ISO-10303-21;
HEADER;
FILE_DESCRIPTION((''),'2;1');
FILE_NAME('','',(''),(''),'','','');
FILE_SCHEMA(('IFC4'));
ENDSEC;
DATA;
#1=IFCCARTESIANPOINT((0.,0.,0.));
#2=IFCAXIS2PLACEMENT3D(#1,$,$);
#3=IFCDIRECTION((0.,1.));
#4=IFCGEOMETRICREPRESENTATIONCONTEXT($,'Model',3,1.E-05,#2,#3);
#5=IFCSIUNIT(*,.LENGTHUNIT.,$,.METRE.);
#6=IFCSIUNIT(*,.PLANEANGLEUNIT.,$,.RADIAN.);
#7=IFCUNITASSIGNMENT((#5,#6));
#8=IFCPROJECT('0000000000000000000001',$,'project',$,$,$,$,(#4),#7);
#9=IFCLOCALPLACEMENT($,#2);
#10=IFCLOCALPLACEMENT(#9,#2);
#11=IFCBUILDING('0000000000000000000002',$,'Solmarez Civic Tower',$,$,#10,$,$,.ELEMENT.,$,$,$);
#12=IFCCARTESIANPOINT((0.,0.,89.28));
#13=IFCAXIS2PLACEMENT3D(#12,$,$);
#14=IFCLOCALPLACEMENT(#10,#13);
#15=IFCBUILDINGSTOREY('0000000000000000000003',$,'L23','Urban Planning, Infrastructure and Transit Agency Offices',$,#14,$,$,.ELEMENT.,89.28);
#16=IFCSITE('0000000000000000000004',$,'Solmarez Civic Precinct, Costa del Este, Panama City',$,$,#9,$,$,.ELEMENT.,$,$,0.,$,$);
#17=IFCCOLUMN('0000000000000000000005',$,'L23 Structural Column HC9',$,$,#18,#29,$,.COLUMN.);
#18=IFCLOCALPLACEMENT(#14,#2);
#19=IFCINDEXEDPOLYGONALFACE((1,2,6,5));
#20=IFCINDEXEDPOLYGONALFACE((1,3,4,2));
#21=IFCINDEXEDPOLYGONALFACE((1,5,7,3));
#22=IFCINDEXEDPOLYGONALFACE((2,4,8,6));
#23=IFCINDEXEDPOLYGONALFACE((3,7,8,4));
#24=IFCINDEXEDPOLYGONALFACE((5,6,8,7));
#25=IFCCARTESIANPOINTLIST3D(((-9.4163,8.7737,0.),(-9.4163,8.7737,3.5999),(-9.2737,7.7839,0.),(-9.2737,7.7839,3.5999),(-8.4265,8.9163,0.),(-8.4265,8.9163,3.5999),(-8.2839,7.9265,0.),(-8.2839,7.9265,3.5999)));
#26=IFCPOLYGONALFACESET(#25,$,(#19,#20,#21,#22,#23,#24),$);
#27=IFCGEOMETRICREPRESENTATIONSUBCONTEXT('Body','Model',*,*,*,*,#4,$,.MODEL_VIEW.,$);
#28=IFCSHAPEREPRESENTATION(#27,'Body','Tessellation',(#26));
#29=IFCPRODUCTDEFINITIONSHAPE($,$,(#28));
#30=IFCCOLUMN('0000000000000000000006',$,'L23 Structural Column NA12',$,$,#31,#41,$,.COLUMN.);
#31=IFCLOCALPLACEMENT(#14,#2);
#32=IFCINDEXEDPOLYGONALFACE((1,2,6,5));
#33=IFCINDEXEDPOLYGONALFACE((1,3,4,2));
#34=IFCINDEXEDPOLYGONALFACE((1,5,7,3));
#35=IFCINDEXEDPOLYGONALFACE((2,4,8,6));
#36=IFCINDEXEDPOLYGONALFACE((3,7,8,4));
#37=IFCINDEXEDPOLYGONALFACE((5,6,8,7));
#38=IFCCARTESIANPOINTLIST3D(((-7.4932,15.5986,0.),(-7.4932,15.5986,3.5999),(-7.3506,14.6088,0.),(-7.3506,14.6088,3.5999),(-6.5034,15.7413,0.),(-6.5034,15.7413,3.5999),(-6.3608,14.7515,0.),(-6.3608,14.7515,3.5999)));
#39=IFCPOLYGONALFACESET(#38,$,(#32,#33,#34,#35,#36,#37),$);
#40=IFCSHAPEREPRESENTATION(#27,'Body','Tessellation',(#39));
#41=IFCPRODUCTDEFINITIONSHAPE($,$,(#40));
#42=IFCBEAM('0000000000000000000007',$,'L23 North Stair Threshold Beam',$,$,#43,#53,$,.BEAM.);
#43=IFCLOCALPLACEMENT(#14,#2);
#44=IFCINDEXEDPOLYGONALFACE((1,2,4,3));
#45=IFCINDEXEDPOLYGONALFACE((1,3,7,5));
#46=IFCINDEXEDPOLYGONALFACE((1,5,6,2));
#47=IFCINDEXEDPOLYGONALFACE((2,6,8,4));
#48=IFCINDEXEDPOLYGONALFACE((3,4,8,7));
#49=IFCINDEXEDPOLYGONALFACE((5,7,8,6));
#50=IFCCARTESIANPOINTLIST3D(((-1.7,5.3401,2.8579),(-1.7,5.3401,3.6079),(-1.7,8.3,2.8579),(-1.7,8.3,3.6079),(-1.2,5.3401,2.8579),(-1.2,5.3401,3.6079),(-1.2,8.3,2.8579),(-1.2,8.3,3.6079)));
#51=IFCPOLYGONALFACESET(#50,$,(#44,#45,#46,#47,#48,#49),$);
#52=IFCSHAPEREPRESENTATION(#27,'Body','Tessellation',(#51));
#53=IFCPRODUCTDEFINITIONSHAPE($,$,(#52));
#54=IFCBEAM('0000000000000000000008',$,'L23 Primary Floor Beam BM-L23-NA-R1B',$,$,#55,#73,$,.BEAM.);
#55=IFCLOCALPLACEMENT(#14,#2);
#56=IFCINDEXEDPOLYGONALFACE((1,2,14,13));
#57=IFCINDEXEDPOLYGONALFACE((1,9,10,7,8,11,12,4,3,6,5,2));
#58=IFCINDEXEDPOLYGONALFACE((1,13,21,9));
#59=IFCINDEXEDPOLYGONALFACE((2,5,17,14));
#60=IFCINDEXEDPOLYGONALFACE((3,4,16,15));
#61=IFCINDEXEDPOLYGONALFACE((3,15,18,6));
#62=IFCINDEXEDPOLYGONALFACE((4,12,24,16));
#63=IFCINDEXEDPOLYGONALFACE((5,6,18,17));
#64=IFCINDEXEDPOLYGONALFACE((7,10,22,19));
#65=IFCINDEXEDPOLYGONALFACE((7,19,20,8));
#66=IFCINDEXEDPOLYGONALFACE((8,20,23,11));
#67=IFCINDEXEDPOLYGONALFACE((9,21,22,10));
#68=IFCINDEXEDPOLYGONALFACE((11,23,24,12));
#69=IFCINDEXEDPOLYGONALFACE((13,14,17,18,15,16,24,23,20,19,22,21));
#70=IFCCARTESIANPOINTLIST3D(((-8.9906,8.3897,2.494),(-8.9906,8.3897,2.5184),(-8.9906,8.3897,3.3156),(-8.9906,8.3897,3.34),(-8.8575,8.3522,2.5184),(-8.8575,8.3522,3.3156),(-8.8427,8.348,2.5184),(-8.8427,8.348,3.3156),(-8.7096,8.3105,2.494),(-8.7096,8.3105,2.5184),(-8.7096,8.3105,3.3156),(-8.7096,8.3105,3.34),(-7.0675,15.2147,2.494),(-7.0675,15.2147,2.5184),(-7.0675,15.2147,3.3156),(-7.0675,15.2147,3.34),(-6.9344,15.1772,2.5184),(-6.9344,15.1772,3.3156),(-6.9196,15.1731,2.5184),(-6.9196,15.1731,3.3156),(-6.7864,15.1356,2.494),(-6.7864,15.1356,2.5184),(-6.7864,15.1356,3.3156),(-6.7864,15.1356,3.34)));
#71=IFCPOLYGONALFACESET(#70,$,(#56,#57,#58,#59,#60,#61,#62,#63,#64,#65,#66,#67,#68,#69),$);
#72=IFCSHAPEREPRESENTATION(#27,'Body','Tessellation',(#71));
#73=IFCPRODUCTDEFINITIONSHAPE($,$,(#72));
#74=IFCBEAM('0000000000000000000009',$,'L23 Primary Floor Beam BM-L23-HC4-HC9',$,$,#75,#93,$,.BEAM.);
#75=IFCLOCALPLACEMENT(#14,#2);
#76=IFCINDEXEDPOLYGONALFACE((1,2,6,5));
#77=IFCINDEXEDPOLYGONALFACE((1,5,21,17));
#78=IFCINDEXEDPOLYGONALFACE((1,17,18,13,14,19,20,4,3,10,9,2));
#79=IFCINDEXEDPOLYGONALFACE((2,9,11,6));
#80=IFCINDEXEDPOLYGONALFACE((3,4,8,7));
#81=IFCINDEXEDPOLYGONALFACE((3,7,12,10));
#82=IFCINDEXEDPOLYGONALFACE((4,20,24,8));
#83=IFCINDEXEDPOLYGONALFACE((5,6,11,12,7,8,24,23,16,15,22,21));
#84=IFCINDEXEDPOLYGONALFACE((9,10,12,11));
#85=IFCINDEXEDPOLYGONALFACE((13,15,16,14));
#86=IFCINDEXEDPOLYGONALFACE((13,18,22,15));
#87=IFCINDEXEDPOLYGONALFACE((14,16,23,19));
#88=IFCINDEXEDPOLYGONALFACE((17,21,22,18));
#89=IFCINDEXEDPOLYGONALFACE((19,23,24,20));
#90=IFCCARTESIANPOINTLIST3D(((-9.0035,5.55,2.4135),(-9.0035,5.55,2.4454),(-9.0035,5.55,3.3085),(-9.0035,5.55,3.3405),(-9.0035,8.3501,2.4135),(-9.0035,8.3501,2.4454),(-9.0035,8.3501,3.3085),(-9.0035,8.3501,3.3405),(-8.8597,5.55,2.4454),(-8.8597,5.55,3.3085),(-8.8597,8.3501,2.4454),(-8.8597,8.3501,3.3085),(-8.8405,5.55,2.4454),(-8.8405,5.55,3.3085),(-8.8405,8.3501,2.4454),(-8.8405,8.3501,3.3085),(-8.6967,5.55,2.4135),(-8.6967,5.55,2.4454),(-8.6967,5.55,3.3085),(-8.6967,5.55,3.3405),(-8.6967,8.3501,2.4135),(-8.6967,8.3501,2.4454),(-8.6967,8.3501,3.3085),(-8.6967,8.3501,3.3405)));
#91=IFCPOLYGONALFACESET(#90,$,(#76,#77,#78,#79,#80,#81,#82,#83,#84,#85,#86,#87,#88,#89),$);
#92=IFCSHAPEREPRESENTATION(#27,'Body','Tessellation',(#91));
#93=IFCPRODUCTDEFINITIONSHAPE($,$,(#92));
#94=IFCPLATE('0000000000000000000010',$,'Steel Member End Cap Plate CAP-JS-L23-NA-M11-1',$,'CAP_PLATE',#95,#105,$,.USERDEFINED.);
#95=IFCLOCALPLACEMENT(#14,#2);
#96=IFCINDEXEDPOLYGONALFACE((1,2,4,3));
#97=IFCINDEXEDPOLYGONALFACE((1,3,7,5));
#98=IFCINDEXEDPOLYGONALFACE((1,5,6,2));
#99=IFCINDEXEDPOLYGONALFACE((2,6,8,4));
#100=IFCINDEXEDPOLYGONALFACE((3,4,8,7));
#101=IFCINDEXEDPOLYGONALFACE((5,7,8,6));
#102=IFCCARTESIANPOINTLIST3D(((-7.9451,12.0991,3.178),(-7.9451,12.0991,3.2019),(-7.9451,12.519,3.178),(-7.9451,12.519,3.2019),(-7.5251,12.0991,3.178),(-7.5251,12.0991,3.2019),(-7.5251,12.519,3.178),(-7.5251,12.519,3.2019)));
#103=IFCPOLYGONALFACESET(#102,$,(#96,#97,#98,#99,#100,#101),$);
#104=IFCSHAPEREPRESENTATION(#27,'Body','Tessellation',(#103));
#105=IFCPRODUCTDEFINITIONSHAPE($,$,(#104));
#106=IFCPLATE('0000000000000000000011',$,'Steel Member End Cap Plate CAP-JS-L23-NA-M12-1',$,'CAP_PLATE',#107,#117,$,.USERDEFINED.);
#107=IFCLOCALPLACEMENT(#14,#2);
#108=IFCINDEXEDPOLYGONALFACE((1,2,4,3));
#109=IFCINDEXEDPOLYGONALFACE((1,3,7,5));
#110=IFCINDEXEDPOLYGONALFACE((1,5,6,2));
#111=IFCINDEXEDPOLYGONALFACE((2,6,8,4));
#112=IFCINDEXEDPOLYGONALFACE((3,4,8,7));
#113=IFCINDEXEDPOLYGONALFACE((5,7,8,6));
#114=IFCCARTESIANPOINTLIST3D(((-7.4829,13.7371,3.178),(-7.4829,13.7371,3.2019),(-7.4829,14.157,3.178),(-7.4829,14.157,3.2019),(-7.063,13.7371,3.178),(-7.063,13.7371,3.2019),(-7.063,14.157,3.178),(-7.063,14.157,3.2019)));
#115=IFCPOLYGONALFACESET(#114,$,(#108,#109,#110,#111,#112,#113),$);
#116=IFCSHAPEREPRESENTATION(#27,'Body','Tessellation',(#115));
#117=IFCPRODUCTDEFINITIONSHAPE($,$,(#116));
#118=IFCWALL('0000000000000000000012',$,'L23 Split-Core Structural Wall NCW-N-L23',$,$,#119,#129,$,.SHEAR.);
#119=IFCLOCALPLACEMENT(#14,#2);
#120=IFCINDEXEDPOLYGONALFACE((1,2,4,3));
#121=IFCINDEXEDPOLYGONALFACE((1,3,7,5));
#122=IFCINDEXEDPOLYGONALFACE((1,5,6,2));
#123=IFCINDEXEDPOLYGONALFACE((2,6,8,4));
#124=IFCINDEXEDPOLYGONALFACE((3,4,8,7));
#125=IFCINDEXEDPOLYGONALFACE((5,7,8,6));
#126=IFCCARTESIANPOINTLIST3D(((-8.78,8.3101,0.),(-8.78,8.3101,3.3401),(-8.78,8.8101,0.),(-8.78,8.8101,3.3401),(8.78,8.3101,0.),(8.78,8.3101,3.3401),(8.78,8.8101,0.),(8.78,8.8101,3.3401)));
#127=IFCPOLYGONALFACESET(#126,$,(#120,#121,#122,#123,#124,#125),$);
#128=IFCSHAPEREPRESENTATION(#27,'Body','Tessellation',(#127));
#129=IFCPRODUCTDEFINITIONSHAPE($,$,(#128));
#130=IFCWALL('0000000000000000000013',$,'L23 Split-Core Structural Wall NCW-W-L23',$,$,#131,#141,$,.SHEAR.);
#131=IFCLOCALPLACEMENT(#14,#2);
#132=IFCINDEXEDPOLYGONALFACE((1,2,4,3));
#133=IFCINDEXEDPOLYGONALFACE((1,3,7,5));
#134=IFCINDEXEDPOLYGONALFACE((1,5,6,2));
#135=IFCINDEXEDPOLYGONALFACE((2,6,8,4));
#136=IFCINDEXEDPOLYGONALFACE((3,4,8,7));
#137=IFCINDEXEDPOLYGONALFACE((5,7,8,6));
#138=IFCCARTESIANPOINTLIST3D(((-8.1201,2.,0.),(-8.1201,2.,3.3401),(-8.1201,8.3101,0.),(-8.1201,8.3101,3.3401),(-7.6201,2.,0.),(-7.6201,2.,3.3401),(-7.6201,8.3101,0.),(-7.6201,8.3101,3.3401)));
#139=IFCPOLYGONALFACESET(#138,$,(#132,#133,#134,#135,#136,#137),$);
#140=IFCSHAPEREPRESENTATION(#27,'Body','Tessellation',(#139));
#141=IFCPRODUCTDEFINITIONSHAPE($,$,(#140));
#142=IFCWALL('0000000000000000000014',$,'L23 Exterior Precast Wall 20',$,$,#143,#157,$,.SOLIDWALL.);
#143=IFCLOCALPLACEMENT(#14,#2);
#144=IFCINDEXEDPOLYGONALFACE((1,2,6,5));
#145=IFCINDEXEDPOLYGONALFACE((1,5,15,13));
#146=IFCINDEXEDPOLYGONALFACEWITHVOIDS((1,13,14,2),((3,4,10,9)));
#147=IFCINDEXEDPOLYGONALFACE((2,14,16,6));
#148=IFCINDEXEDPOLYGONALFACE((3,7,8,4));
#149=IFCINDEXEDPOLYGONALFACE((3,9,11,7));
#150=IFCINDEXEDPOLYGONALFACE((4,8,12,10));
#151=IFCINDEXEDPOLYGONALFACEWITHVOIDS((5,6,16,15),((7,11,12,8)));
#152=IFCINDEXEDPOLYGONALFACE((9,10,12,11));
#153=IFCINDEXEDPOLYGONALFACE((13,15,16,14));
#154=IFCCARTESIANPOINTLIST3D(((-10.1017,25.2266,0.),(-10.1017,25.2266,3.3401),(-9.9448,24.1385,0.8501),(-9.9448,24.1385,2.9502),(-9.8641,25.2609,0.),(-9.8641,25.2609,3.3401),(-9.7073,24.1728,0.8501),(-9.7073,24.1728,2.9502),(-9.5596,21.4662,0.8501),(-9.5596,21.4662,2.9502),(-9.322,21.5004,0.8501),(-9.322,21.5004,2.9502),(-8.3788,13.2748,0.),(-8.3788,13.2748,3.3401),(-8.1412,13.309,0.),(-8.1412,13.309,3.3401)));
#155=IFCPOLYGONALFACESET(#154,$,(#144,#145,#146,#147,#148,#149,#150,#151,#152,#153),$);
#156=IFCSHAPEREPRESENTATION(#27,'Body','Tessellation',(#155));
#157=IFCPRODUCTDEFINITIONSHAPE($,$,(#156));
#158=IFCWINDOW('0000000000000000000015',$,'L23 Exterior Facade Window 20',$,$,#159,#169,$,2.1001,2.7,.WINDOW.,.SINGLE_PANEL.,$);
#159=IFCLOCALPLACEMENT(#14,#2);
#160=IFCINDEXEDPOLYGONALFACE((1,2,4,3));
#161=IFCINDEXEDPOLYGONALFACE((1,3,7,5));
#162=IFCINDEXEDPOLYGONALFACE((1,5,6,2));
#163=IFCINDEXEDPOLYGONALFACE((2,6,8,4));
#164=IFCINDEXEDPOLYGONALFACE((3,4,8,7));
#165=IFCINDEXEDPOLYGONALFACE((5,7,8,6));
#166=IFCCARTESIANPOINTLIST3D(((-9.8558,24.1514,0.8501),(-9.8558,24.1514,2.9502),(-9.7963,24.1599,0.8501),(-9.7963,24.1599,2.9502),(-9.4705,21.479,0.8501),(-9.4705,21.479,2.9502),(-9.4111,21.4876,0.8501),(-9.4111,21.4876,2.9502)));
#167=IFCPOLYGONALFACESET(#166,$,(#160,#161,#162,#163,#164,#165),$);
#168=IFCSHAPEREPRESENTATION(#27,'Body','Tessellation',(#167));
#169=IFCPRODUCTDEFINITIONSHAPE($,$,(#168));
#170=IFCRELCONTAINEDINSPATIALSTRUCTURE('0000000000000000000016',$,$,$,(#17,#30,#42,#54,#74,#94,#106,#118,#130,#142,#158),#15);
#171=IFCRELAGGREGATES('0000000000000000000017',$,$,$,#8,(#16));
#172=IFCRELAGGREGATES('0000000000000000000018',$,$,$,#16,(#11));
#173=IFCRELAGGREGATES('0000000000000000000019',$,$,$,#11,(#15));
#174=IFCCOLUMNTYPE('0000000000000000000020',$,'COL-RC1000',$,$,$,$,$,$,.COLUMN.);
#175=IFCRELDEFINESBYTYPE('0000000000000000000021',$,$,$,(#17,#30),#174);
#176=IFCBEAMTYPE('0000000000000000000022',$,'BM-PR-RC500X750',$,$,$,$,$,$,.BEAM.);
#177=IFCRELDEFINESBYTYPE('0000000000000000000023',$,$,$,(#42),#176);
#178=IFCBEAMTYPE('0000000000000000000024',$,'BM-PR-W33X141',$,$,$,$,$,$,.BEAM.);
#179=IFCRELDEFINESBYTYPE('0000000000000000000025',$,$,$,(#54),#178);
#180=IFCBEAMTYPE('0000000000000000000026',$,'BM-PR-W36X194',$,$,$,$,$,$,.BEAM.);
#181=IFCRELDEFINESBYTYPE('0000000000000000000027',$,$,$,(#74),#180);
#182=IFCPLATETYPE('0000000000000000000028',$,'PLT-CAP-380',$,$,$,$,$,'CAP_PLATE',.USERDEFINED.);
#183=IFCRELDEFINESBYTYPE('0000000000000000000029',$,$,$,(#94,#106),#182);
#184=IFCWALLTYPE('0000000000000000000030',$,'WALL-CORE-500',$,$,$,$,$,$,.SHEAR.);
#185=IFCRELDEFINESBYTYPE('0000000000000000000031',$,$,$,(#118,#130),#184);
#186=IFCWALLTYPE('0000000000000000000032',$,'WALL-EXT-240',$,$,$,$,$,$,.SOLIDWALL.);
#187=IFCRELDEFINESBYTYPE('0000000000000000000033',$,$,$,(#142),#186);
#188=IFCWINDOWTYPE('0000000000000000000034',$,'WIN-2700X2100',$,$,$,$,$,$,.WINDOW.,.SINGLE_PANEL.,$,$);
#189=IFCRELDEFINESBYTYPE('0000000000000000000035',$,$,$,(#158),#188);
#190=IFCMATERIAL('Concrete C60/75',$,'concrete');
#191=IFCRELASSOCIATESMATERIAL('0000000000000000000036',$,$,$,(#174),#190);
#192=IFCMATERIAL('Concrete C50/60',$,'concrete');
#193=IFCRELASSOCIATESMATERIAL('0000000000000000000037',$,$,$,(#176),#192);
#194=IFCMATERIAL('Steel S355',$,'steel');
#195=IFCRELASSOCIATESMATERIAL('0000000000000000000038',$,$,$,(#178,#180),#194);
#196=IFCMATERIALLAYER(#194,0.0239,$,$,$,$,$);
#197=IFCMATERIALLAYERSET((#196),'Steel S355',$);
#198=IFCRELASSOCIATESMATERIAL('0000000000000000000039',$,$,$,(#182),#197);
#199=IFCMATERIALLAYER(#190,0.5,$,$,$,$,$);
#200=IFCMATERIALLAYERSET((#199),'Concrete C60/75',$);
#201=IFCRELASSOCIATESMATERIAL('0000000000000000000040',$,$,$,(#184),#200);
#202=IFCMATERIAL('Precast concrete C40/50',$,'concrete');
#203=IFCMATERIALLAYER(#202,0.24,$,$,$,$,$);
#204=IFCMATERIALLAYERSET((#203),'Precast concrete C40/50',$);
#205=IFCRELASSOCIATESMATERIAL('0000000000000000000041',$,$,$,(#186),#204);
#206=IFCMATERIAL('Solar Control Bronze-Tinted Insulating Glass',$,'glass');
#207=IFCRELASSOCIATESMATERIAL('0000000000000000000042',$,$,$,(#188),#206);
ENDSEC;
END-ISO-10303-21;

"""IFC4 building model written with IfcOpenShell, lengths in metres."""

from ifc_helpers import new_model, si_unit, direction, frame, frame_2d, origin, origin_2d, place, context, subcontext, project, spatial, rectangle, i_section, extrude, material, layer, layer_set, material_profile, profile_set, type_object, element, fill, save


model = new_model("IFC4")

# Units and contexts
model_context = context("Model", 3, precision=1e-05, world=origin(), true_north=direction((0.0, 1.0)))
body_context = subcontext(model_context, "Body", "Model", "MODEL_VIEW")
ifc_project = project(units=[si_unit("LENGTHUNIT", "METRE"), si_unit("PLANEANGLEUNIT", "RADIAN")], contexts=[model_context])

# Site, building, storey
site_placement = place(None, origin())
site = spatial("IfcSite", under=ifc_project, at=site_placement, Name="Solmarez Civic Precinct, Costa del Este, Panama City", CompositionType="ELEMENT", RefElevation=0.0)
building_placement = place(site_placement, origin())
building = spatial("IfcBuilding", under=site, at=building_placement, Name="Solmarez Civic Tower", CompositionType="ELEMENT")
storey_placement = place(building_placement, frame((0.0, 0.0, 89.28)))
storey = spatial("IfcBuildingStorey", under=building, at=storey_placement, Name="L23", Description="Urban Planning, Infrastructure and Transit Agency Offices", CompositionType="ELEMENT", Elevation=89.28)

# Columns
ifc_material_1 = material(Name="Concrete C60/75", Category="concrete")
ifc_material_profile_1 = material_profile(ifc_material_1, rectangle(XDim=1.0, YDim=1.0, at=origin_2d()), Name="RC1000X1000")
ifc_profile_set_1 = profile_set([ifc_material_profile_1], Name="Concrete C60/75")
column_type = type_object("IfcColumnType", Name="COL-RC1000", PredefinedType="COLUMN", material=ifc_profile_set_1)
for number, where, z_axis, x_axis, name in (
    (1, (-8.8501, 8.3501, 0.0), (0.0, 0.0, 1.0), (0.989776, 0.142629, 0.0), "L23 Structural Column HC9"),
    (2, (-6.927, 15.175, 0.0), (0.0, 0.0, 1.0), (0.989776, 0.142629, 0.0), "L23 Structural Column NA12"),
):
    element("IfcColumn", number, at=place(storey_placement, frame(where, z_axis=z_axis, x_axis=x_axis)), inside=storey, type_object=column_type, Name=name, PredefinedType="COLUMN", context=body_context, shape_type="SweptSolid", body=[
        extrude(rectangle(XDim=1.0, YDim=1.0, at=origin_2d()), origin(), (0.0, 0.0, 1.0), 3.5999),
    ])

# Beams
ifc_material_2 = material(Name="Concrete C50/60", Category="concrete")
ifc_material_profile_2 = material_profile(ifc_material_2, rectangle(XDim=0.5, YDim=0.75, at=origin_2d()), Name="RC500X750")
ifc_profile_set_2 = profile_set([ifc_material_profile_2], Name="Concrete C50/60")
beam_type_1 = type_object("IfcBeamType", Name="BM-PR-RC500X750", PredefinedType="BEAM", material=ifc_profile_set_2)
beam_1_placement = place(storey_placement, frame((-1.45, 5.3401, 3.2329), z_axis=(0.0, 1.0, 0.0), x_axis=(-1.0, 0.0, 0.0)))
element("IfcBeam", 3, at=beam_1_placement, inside=storey, type_object=beam_type_1, Name="L23 North Stair Threshold Beam", PredefinedType="BEAM", context=body_context, shape_type="SweptSolid", body=[
    extrude(rectangle(XDim=0.5, YDim=0.75, at=origin_2d()), origin(), (0.0, 0.0, 1.0), 2.96),
])
ifc_material_3 = material(Name="Steel S355", Category="steel")
ifc_material_profile_3 = material_profile(ifc_material_3, i_section(OverallWidth=0.292, OverallDepth=0.8459, WebThickness=0.0154, FlangeThickness=0.0244, at=origin_2d()), Name="W33X141")
ifc_profile_set_3 = profile_set([ifc_material_profile_3], Name="Steel S355")
beam_type_2 = type_object("IfcBeamType", Name="BM-PR-W33X141", PredefinedType="BEAM", material=ifc_profile_set_3)
beam_2_placement = place(storey_placement, frame((-8.8501, 8.3501, 2.917), z_axis=(0.271213, 0.962519, 0.0), x_axis=(-0.962519, 0.271213, 0.0)))
element("IfcBeam", 4, at=beam_2_placement, inside=storey, type_object=beam_type_2, Name="L23 Primary Floor Beam BM-L23-NA-R1B", PredefinedType="BEAM", context=body_context, shape_type="SweptSolid", body=[
    extrude(i_section(OverallWidth=0.292, OverallDepth=0.8459, WebThickness=0.0154, FlangeThickness=0.0244, at=origin_2d()), origin(), (0.0, 0.0, 1.0), 7.0908),
])
ifc_material_profile_4 = material_profile(ifc_material_3, i_section(OverallWidth=0.3069, OverallDepth=0.927, WebThickness=0.0193, FlangeThickness=0.032, at=origin_2d()), Name="W36X194")
ifc_profile_set_4 = profile_set([ifc_material_profile_4], Name="Steel S355")
beam_type_3 = type_object("IfcBeamType", Name="BM-PR-W36X194", PredefinedType="BEAM", material=ifc_profile_set_4)
beam_3_placement = place(storey_placement, frame((-8.8501, 5.55, 2.877), z_axis=(0.0, 1.0, 0.0), x_axis=(-1.0, 0.0, 0.0)))
element("IfcBeam", 5, at=beam_3_placement, inside=storey, type_object=beam_type_3, Name="L23 Primary Floor Beam BM-L23-HC4-HC9", PredefinedType="BEAM", context=body_context, shape_type="SweptSolid", body=[
    extrude(i_section(OverallWidth=0.3069, OverallDepth=0.927, WebThickness=0.0193, FlangeThickness=0.032, at=origin_2d()), origin(), (0.0, 0.0, 1.0), 2.8),
])

# Plates
ifc_layer_1 = layer(ifc_material_3, 0.0239)
ifc_layer_set_1 = layer_set([ifc_layer_1], Name="Steel S355")
plate_type = type_object("IfcPlateType", Name="PLT-CAP-380", ElementType="CAP_PLATE", PredefinedType="USERDEFINED", material=ifc_layer_set_1)
for number, where, z_axis, x_axis, name in (
    (6, (-7.7351, 12.3091, 3.178), (0.0, 0.0, 1.0), (1.0, 0.0, 0.0), "Steel Member End Cap Plate CAP-JS-L23-NA-M11-1"),
    (7, (-7.2729, 13.947, 3.178), (0.0, 0.0, 1.0), (1.0, 0.0, 0.0), "Steel Member End Cap Plate CAP-JS-L23-NA-M12-1"),
):
    element("IfcPlate", number, at=place(storey_placement, frame(where, z_axis=z_axis, x_axis=x_axis)), inside=storey, type_object=plate_type, Name=name, ObjectType="CAP_PLATE", PredefinedType="USERDEFINED", context=body_context, shape_type="SweptSolid", body=[
        extrude(rectangle(XDim=0.4199, YDim=0.4199, at=origin_2d()), origin(), (0.0, 0.0, 1.0), 0.0239),
    ])

# Walls
ifc_layer_2 = layer(ifc_material_1, 0.5)
ifc_layer_set_2 = layer_set([ifc_layer_2], Name="Concrete C60/75")
wall_type_1 = type_object("IfcWallType", Name="WALL-CORE-500", PredefinedType="SHEAR", material=ifc_layer_set_2)
wall_1_placement = place(storey_placement, frame((-8.78, 8.5601, 0.0), z_axis=(0.0, 0.0, 1.0), x_axis=(1.0, 0.0, 0.0)))
element("IfcWall", 8, at=wall_1_placement, inside=storey, type_object=wall_type_1, Name="L23 Split-Core Structural Wall NCW-N-L23", PredefinedType="SHEAR", context=body_context, shape_type="SweptSolid", body=[
    extrude(rectangle(XDim=17.5601, YDim=0.5, at=frame_2d((8.78, 0.0))), origin(), (0.0, 0.0, 1.0), 3.3401),
])
wall_2_placement = place(storey_placement, frame((-7.8701, 2.0, 0.0), z_axis=(0.0, 0.0, 1.0), x_axis=(0.0, 1.0, 0.0)))
element("IfcWall", 9, at=wall_2_placement, inside=storey, type_object=wall_type_1, Name="L23 Split-Core Structural Wall NCW-W-L23", PredefinedType="SHEAR", context=body_context, shape_type="SweptSolid", body=[
    extrude(rectangle(XDim=6.3101, YDim=0.5, at=frame_2d((3.155, 0.0))), origin(), (0.0, 0.0, 1.0), 3.3401),
])

# Wall, opening, window
ifc_material_4 = material(Name="Precast concrete C40/50", Category="concrete")
ifc_layer_3 = layer(ifc_material_4, 0.24)
ifc_layer_set_3 = layer_set([ifc_layer_3], Name="Precast concrete C40/50")
wall_type_2 = type_object("IfcWallType", Name="WALL-EXT-240", PredefinedType="SOLIDWALL", material=ifc_layer_set_3)
wall_3_placement = place(storey_placement, frame((-8.26, 13.292, 0.0), z_axis=(0.0, 0.0, 1.0), x_axis=(-0.142678, 0.989769, 0.0)))
wall_3 = element("IfcWall", 10, at=wall_3_placement, inside=storey, type_object=wall_type_2, Name="L23 Exterior Precast Wall 20", PredefinedType="SOLIDWALL", context=body_context, shape_type="SweptSolid", body=[
    extrude(rectangle(XDim=12.0754, YDim=0.24, at=frame_2d((6.0376, 0.0))), origin(), (0.0, 0.0, 1.0), 3.3401),
])
opening_placement = place(wall_3_placement, frame((8.2759, 0.0, 0.8501)))
opening = element("IfcOpeningElement", 11, at=opening_placement, cuts=wall_3, PredefinedType="OPENING", context=body_context, shape_type="SweptSolid", body=[
    extrude(rectangle(XDim=2.7, YDim=2.1001, at=frame_2d((1.3501, 1.05))), frame((0.0, 0.1299, 0.0), z_axis=(0.0, -1.0, 0.0), x_axis=(1.0, 0.0, 0.0)), (0.0, 0.0, 1.0), 0.26),
])
ifc_material_5 = material(Name="Solar Control Bronze-Tinted Insulating Glass", Category="glass")
window_type = type_object("IfcWindowType", Name="WIN-2700X2100", PartitioningType="SINGLE_PANEL", PredefinedType="WINDOW", material=ifc_material_5)
window_placement = place(opening_placement, origin())
window = element("IfcWindow", 12, at=window_placement, inside=storey, type_object=window_type, Name="L23 Exterior Facade Window 20", OverallHeight=2.1001, OverallWidth=2.7, PartitioningType="SINGLE_PANEL", PredefinedType="WINDOW", context=body_context, shape_type="SweptSolid", body=[
    extrude(rectangle(XDim=2.7, YDim=2.1001, at=frame_2d((1.3501, 1.05))), frame((0.0, 0.03, 0.0), z_axis=(0.0, -1.0, 0.0), x_axis=(1.0, 0.0, 0.0)), (0.0, 0.0, 1.0), 0.0601),
])
fill(opening, window)

save(model, "model.ifc")
